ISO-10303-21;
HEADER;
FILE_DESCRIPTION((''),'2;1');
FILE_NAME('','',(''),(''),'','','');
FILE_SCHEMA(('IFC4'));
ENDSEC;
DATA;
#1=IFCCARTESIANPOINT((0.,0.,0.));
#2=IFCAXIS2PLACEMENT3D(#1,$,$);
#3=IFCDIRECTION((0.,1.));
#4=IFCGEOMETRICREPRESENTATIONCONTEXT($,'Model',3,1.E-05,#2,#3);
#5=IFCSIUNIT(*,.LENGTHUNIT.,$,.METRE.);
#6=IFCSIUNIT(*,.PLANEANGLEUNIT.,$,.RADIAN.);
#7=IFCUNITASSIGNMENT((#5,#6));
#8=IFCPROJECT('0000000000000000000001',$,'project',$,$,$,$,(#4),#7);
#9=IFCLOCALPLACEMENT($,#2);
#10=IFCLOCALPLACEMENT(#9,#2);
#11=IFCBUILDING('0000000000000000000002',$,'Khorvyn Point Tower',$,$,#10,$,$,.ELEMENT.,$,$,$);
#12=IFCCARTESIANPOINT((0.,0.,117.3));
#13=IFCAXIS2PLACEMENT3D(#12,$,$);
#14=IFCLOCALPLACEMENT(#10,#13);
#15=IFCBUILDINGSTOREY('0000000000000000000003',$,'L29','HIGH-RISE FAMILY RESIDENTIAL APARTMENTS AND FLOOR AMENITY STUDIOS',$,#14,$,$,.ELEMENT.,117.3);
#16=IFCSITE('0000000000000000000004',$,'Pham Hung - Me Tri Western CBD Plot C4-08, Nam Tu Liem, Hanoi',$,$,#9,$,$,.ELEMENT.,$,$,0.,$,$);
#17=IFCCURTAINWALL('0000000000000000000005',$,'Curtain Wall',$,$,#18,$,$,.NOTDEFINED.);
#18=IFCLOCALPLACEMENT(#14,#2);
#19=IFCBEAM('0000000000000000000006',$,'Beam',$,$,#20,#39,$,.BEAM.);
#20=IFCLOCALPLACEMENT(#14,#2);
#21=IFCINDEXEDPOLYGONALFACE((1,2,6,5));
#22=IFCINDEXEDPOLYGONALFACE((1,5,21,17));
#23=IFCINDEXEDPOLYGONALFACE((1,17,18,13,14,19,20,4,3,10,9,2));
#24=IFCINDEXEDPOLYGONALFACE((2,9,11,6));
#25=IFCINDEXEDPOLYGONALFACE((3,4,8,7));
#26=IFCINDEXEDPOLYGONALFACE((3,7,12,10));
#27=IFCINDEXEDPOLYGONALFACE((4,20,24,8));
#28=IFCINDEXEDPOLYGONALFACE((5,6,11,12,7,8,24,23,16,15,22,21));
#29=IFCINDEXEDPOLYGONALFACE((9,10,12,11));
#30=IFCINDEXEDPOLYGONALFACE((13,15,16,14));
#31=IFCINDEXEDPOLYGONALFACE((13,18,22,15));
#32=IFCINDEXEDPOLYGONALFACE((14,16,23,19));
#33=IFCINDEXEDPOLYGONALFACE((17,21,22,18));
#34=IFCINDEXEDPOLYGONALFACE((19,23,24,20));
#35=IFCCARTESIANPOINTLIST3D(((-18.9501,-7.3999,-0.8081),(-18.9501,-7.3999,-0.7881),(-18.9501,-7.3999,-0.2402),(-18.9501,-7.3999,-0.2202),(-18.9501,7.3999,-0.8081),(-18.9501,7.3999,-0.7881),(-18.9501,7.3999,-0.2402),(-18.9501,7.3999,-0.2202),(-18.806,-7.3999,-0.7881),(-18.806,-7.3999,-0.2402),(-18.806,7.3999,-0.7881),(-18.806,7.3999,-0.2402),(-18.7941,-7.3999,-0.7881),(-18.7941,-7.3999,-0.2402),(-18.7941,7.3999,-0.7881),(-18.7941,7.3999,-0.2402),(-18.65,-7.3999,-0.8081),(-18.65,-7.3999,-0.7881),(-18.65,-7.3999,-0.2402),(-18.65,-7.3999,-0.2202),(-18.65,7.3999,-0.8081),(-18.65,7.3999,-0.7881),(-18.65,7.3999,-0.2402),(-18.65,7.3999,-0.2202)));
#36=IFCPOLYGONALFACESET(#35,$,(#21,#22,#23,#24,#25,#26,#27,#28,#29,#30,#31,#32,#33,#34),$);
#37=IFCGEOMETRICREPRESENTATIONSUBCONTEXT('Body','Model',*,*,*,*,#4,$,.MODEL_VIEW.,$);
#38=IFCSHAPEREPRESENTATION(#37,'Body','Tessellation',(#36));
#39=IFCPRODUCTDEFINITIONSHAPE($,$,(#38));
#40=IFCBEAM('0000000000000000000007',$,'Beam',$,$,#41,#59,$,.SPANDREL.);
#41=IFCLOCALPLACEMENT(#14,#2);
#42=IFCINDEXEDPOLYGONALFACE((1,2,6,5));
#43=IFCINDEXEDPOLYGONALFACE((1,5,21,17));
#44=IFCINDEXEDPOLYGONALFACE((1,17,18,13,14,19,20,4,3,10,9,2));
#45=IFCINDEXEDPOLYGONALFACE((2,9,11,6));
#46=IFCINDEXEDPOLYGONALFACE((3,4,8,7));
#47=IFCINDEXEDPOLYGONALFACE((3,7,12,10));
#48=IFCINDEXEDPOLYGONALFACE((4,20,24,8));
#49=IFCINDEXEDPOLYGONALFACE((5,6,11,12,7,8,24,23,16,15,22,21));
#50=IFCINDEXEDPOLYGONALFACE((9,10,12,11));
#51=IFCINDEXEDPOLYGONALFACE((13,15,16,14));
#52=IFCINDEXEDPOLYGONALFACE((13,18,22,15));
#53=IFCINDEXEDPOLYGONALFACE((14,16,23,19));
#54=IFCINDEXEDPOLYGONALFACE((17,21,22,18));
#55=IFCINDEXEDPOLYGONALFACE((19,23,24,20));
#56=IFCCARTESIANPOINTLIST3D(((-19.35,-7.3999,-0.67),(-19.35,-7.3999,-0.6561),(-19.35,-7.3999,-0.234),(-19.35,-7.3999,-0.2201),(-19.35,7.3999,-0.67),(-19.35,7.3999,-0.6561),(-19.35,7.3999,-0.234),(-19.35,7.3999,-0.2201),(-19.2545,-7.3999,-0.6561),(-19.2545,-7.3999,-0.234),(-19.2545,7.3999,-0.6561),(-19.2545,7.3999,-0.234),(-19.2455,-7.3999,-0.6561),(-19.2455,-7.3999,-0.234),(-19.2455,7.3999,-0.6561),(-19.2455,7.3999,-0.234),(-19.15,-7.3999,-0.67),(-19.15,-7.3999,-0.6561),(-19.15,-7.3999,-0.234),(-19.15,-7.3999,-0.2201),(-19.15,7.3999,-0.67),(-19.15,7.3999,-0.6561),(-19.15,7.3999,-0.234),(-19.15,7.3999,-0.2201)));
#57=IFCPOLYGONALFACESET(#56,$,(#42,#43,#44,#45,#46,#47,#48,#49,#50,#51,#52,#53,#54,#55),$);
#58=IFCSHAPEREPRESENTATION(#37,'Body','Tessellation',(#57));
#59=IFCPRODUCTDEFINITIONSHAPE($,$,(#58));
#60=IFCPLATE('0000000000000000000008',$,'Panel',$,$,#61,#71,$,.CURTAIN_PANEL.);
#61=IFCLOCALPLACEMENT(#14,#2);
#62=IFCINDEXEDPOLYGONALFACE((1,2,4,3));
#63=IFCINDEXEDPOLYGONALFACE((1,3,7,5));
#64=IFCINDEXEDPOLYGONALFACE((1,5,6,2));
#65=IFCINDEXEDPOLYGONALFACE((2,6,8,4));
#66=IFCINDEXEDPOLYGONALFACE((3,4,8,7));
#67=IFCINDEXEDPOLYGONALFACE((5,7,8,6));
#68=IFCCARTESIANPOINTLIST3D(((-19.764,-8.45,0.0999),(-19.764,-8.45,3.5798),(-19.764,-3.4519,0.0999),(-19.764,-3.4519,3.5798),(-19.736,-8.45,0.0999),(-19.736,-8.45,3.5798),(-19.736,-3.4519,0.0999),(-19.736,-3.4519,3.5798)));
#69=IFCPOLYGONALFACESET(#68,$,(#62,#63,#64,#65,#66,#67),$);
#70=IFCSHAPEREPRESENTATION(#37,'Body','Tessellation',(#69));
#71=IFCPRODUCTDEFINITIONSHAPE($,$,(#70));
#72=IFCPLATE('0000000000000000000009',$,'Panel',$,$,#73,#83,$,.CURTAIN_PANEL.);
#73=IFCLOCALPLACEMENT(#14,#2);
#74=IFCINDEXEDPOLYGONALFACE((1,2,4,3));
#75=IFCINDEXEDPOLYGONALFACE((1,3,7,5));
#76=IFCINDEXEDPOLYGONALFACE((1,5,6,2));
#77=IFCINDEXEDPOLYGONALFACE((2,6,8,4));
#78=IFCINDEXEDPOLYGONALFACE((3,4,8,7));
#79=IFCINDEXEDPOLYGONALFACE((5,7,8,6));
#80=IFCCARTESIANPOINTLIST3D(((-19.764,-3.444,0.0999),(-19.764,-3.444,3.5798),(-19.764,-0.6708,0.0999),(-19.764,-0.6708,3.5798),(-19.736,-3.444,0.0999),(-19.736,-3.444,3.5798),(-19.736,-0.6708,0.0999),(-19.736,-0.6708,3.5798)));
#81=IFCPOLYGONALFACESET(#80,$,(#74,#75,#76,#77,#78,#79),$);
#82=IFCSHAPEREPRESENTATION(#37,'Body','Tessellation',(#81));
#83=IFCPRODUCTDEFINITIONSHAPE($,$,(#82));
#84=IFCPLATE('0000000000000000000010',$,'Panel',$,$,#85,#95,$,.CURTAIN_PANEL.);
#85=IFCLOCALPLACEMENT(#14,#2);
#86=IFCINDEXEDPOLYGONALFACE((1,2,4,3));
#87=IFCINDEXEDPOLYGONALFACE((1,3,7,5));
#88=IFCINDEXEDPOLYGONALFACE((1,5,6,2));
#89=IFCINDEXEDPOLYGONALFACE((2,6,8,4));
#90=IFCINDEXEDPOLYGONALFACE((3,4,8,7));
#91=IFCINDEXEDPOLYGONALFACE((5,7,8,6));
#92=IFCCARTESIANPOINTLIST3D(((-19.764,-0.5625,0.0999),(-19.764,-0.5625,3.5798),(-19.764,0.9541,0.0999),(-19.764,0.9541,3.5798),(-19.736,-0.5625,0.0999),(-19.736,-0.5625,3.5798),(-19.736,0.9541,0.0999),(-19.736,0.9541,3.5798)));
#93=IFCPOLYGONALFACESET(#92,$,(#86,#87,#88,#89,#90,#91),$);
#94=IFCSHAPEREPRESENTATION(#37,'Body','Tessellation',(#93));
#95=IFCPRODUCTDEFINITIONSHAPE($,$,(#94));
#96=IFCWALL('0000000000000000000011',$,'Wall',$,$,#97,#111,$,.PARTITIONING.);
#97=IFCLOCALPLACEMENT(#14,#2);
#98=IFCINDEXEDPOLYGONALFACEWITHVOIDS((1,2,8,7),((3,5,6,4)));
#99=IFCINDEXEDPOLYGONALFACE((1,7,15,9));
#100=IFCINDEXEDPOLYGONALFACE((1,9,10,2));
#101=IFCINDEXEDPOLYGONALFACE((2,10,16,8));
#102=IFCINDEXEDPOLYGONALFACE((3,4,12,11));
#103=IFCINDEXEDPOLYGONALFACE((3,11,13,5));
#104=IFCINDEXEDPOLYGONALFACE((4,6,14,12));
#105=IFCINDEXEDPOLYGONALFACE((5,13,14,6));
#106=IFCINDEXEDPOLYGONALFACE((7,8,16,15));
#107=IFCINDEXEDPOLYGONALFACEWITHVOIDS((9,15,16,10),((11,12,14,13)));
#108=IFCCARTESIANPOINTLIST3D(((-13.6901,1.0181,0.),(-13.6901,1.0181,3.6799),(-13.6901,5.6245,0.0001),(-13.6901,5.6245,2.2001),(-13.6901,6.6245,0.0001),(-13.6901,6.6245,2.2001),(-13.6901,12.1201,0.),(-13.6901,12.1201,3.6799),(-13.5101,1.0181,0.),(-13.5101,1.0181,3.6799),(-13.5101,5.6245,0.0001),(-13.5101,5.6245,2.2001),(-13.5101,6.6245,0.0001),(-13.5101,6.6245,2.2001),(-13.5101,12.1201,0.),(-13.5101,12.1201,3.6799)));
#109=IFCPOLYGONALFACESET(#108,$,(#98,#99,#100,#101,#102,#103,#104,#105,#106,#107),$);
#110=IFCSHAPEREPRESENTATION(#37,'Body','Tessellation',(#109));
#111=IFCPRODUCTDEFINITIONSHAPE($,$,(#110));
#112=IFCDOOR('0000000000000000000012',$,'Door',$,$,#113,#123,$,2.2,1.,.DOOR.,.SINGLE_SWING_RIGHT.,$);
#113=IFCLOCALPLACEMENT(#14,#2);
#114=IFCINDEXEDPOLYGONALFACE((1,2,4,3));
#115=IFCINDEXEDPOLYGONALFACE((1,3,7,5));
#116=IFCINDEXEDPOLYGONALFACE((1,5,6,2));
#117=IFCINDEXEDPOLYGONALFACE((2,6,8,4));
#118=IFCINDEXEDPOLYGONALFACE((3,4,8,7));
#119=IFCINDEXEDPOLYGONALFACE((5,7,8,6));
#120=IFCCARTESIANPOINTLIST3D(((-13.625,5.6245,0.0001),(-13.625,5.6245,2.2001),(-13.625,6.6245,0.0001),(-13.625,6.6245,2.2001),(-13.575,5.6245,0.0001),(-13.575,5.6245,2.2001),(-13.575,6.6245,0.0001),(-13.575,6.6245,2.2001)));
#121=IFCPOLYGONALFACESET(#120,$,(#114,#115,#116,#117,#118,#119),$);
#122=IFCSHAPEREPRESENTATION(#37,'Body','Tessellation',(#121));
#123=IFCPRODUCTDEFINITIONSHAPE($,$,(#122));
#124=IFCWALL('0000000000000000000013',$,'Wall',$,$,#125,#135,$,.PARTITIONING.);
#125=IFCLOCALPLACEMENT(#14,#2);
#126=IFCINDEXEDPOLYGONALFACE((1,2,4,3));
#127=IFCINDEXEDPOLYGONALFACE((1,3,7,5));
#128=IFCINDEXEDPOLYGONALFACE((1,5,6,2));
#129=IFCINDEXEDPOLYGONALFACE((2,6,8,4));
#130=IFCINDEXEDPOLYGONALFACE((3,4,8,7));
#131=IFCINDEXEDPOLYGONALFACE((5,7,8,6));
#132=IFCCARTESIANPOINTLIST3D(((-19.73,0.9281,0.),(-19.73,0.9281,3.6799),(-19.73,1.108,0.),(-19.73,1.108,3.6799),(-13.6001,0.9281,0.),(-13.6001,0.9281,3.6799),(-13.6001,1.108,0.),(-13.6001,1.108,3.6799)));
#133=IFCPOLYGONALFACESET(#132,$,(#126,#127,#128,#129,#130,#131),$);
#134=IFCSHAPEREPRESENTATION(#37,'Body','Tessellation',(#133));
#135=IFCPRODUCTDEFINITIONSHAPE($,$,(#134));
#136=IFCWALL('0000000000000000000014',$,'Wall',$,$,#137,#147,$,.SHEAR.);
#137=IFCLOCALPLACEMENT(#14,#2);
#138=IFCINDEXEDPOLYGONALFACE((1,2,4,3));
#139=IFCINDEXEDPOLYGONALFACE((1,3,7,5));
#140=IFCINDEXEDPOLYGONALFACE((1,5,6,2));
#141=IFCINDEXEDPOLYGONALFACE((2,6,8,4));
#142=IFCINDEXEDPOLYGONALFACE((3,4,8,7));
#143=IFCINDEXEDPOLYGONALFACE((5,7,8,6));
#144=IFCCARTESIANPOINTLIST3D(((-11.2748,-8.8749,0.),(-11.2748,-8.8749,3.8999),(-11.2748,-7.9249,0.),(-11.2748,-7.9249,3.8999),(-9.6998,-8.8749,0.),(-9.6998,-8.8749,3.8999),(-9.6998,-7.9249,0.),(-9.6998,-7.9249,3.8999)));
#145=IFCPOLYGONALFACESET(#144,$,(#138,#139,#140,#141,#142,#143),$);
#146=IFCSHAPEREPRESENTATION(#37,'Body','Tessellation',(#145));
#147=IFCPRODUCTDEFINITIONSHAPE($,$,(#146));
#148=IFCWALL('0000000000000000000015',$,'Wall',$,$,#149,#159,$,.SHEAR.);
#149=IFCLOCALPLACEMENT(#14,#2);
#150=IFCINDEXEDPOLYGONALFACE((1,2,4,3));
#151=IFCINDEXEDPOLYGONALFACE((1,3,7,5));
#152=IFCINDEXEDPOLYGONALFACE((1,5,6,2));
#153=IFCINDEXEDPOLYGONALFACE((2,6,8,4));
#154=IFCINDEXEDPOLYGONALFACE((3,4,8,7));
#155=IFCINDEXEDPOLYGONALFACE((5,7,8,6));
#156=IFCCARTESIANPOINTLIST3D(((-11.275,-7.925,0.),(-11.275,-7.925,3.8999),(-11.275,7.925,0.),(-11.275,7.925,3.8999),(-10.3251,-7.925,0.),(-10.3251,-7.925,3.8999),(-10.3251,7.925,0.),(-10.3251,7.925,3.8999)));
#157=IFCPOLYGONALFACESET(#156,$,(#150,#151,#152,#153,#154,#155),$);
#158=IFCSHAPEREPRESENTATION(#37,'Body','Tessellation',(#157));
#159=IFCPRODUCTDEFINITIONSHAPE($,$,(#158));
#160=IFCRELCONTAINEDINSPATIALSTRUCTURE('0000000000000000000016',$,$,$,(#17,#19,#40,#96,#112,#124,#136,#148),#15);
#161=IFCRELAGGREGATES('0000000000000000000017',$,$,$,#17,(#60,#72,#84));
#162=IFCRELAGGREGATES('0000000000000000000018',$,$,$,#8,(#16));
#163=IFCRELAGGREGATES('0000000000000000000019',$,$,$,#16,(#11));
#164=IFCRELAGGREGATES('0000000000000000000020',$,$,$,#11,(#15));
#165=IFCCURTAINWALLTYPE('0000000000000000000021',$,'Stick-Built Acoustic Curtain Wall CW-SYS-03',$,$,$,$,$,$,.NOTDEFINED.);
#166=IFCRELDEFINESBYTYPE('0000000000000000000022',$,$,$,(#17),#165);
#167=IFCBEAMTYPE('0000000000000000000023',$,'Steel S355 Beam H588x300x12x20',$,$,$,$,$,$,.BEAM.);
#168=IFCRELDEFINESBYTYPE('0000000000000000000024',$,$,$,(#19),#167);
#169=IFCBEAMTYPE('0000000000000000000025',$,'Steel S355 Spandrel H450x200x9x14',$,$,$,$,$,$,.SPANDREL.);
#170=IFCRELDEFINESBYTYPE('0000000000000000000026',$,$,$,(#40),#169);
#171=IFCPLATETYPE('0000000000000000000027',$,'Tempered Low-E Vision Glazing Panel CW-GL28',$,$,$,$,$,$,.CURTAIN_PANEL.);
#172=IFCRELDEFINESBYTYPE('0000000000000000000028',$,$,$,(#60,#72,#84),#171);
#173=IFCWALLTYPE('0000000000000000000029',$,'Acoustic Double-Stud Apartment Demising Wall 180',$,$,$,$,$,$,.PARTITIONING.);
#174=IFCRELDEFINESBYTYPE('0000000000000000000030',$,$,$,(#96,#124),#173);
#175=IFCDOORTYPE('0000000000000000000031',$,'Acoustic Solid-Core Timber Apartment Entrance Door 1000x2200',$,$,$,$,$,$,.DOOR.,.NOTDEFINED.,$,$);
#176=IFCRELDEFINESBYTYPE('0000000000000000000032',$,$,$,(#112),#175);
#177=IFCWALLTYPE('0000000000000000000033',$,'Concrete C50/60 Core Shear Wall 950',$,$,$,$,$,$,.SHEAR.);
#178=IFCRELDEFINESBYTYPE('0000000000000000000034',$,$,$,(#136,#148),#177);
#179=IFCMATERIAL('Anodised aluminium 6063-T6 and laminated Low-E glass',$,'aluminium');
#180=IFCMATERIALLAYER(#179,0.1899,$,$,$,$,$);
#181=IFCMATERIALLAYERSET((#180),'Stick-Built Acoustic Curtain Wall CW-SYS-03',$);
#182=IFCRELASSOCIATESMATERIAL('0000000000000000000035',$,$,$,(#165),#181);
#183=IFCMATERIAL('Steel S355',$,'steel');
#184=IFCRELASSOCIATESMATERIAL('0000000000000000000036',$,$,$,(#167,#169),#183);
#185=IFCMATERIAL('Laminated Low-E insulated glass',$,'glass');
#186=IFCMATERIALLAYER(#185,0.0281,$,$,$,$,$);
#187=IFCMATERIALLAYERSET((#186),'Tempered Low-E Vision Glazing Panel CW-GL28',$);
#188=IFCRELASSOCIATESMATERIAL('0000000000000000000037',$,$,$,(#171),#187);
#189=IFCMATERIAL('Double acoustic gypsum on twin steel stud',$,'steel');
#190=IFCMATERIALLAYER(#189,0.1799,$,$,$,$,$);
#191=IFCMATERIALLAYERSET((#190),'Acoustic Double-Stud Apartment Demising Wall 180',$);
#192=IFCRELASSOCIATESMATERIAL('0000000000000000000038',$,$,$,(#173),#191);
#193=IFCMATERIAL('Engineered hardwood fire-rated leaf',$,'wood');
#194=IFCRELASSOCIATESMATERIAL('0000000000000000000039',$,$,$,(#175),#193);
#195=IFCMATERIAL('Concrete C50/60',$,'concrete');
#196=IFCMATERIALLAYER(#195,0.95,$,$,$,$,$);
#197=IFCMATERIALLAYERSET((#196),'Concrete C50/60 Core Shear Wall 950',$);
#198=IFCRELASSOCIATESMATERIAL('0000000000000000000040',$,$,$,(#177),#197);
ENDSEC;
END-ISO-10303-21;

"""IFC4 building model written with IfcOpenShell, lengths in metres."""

from ifc_helpers import new_model, si_unit, direction, frame, frame_2d, origin, origin_2d, place, context, subcontext, project, spatial, rectangle, i_section, extrude, material, layer, layer_set, material_profile, profile_set, type_object, element, fill, aggregate, save


model = new_model("IFC4")

# Units and contexts
model_context = context("Model", 3, precision=1e-05, world=origin(), true_north=direction((0.0, 1.0)))
body_context = subcontext(model_context, "Body", "Model", "MODEL_VIEW")
ifc_project = project(units=[si_unit("LENGTHUNIT", "METRE"), si_unit("PLANEANGLEUNIT", "RADIAN")], contexts=[model_context])

# Site, building, storey
site_placement = place(None, origin())
site = spatial("IfcSite", under=ifc_project, at=site_placement, Name="Pham Hung - Me Tri Western CBD Plot C4-08, Nam Tu Liem, Hanoi", CompositionType="ELEMENT", RefElevation=0.0)
building_placement = place(site_placement, origin())
building = spatial("IfcBuilding", under=site, at=building_placement, Name="Khorvyn Point Tower", CompositionType="ELEMENT")
storey_placement = place(building_placement, frame((0.0, 0.0, 117.3)))
storey = spatial("IfcBuildingStorey", under=building, at=storey_placement, Name="L29", Description="HIGH-RISE FAMILY RESIDENTIAL APARTMENTS AND FLOOR AMENITY STUDIOS", CompositionType="ELEMENT", Elevation=117.3)

# Shared definitions
ifc_material_1 = material(Name="Concrete C50/60", Category="concrete")

# Curtain wall
ifc_material_2 = material(Name="Anodised aluminium 6063-T6 and laminated Low-E glass", Category="aluminium")
ifc_layer_1 = layer(ifc_material_2, 0.1899)
ifc_layer_set_1 = layer_set([ifc_layer_1], Name="Stick-Built Acoustic Curtain Wall CW-SYS-03")
curtain_wall_type = type_object("IfcCurtainWallType", Name="Stick-Built Acoustic Curtain Wall CW-SYS-03", PredefinedType="NOTDEFINED", material=ifc_layer_set_1)
curtain_wall_placement = place(storey_placement, origin())
curtain_wall = element("IfcCurtainWall", 1, at=curtain_wall_placement, inside=storey, type_object=curtain_wall_type, Name="Curtain Wall", PredefinedType="NOTDEFINED")

# Beams
ifc_material_3 = material(Name="Steel S355", Category="steel")
ifc_material_profile_1 = material_profile(ifc_material_3, i_section(OverallWidth=0.3, OverallDepth=0.5879, WebThickness=0.012, FlangeThickness=0.02, at=origin_2d()))
ifc_profile_set_1 = profile_set([ifc_material_profile_1], Name="Steel S355 H588x300x12x20")
beam_type_1 = type_object("IfcBeamType", Name="Steel S355 Beam H588x300x12x20", PredefinedType="BEAM", material=ifc_profile_set_1)
for number, where, z_axis, x_axis, name in (
    (2, (-18.8, -7.3999, -0.5142), (0.0, 1.0, 0.0), (-1.0, 0.0, 0.0), "Beam"),
):
    element("IfcBeam", number, at=place(storey_placement, frame(where, z_axis=z_axis, x_axis=x_axis)), inside=storey, type_object=beam_type_1, Name=name, PredefinedType="BEAM", context=body_context, shape_type="SweptSolid", body=[
        extrude(i_section(OverallWidth=0.3, OverallDepth=0.5879, WebThickness=0.012, FlangeThickness=0.02, at=origin_2d()), origin(), (0.0, 0.0, 1.0), 14.7998),
    ])
ifc_material_profile_2 = material_profile(ifc_material_3, i_section(OverallWidth=0.2, OverallDepth=0.45, WebThickness=0.009, FlangeThickness=0.0139, at=origin_2d()))
ifc_profile_set_2 = profile_set([ifc_material_profile_2], Name="Steel S355 H450x200x9x14")
beam_type_2 = type_object("IfcBeamType", Name="Steel S355 Spandrel H450x200x9x14", PredefinedType="SPANDREL", material=ifc_profile_set_2)
beam_1_placement = place(storey_placement, frame((-19.25, -7.3999, -0.4451), z_axis=(0.0, 1.0, 0.0), x_axis=(-1.0, 0.0, 0.0)))
element("IfcBeam", 3, at=beam_1_placement, inside=storey, type_object=beam_type_2, Name="Beam", PredefinedType="SPANDREL", context=body_context, shape_type="SweptSolid", body=[
    extrude(i_section(OverallWidth=0.2, OverallDepth=0.45, WebThickness=0.009, FlangeThickness=0.0139, at=origin_2d()), origin(), (0.0, 0.0, 1.0), 14.7998),
])

# Plates
ifc_material_4 = material(Name="Laminated Low-E insulated glass", Category="glass")
ifc_layer_2 = layer(ifc_material_4, 0.0281)
ifc_layer_set_2 = layer_set([ifc_layer_2], Name="Tempered Low-E Vision Glazing Panel CW-GL28")
plate_type = type_object("IfcPlateType", Name="Tempered Low-E Vision Glazing Panel CW-GL28", PredefinedType="CURTAIN_PANEL", material=ifc_layer_set_2)
plate_1_placement = place(storey_placement, frame((-19.75, -5.9509, 0.0999), z_axis=(0.0, 0.0, 1.0), x_axis=(0.0, 1.0, 0.0)))
plate_1 = element("IfcPlate", 4, at=plate_1_placement, type_object=plate_type, Name="Panel", PredefinedType="CURTAIN_PANEL", context=body_context, shape_type="SweptSolid", body=[
    extrude(rectangle(XDim=4.998, YDim=0.0281, at=origin_2d()), origin(), (0.0, 0.0, 1.0), 3.48),
])
plate_2_placement = place(storey_placement, frame((-19.75, -2.0574, 0.0999), z_axis=(0.0, 0.0, 1.0), x_axis=(0.0, 1.0, 0.0)))
plate_2 = element("IfcPlate", 5, at=plate_2_placement, type_object=plate_type, Name="Panel", PredefinedType="CURTAIN_PANEL", context=body_context, shape_type="SweptSolid", body=[
    extrude(rectangle(XDim=2.7732, YDim=0.0281, at=origin_2d()), origin(), (0.0, 0.0, 1.0), 3.48),
])
plate_3_placement = place(storey_placement, frame((-19.75, 0.1958, 0.0999), z_axis=(0.0, 0.0, 1.0), x_axis=(0.0, 1.0, 0.0)))
plate_3 = element("IfcPlate", 6, at=plate_3_placement, type_object=plate_type, Name="Panel", PredefinedType="CURTAIN_PANEL", context=body_context, shape_type="SweptSolid", body=[
    extrude(rectangle(XDim=1.5166, YDim=0.0281, at=origin_2d()), origin(), (0.0, 0.0, 1.0), 3.48),
])
aggregate(curtain_wall, [plate_1, plate_2, plate_3])

# Wall, opening, door
ifc_material_5 = material(Name="Double acoustic gypsum on twin steel stud", Category="steel")
ifc_layer_3 = layer(ifc_material_5, 0.1799)
ifc_layer_set_3 = layer_set([ifc_layer_3], Name="Acoustic Double-Stud Apartment Demising Wall 180")
wall_type_1 = type_object("IfcWallType", Name="Acoustic Double-Stud Apartment Demising Wall 180", PredefinedType="PARTITIONING", material=ifc_layer_set_3)
wall_1_placement = place(storey_placement, frame((-13.6001, 1.0181, 0.0), z_axis=(0.0, 0.0, 1.0), x_axis=(0.0, 1.0, 0.0)))
wall_1 = element("IfcWall", 7, at=wall_1_placement, inside=storey, type_object=wall_type_1, Name="Wall", PredefinedType="PARTITIONING", context=body_context, shape_type="SweptSolid", body=[
    extrude(rectangle(XDim=11.1021, YDim=0.1799, at=frame_2d((5.551, 0.0))), origin(), (0.0, 0.0, 1.0), 3.6799),
])
opening_1_placement = place(wall_1_placement, frame((4.6064, 0.0, 0.0)))
opening_1 = element("IfcOpeningElement", 8, at=opening_1_placement, cuts=wall_1, PredefinedType="OPENING", context=body_context, shape_type="SweptSolid", body=[
    extrude(rectangle(XDim=1.0, YDim=2.2, at=frame_2d((0.5, 1.1001))), frame((0.0, 0.0999, 0.0), z_axis=(0.0, -1.0, 0.0), x_axis=(1.0, 0.0, 0.0)), (0.0, 0.0, 1.0), 0.2),
])
ifc_material_6 = material(Name="Engineered hardwood fire-rated leaf", Category="wood")
door_type_1 = type_object("IfcDoorType", Name="Acoustic Solid-Core Timber Apartment Entrance Door 1000x2200", OperationType="NOTDEFINED", PredefinedType="DOOR", material=ifc_material_6)
door_1_placement = place(opening_1_placement, origin())
door_1 = element("IfcDoor", 9, at=door_1_placement, inside=storey, type_object=door_type_1, Name="Door", OperationType="SINGLE_SWING_RIGHT", OverallHeight=2.2, OverallWidth=1.0, PredefinedType="DOOR", context=body_context, shape_type="SweptSolid", body=[
    extrude(rectangle(XDim=1.0, YDim=2.2, at=frame_2d((0.5, 1.1001))), frame((0.0, 0.0249, 0.0), z_axis=(0.0, -1.0, 0.0), x_axis=(1.0, 0.0, 0.0)), (0.0, 0.0, 1.0), 0.05),
])
fill(opening_1, door_1)

# Walls
wall_2_placement = place(storey_placement, frame((-19.73, 1.0181, 0.0), z_axis=(0.0, 0.0, 1.0), x_axis=(1.0, 0.0, 0.0)))
element("IfcWall", 10, at=wall_2_placement, inside=storey, type_object=wall_type_1, Name="Wall", PredefinedType="PARTITIONING", context=body_context, shape_type="SweptSolid", body=[
    extrude(rectangle(XDim=6.1299, YDim=0.1799, at=frame_2d((3.0649, 0.0))), origin(), (0.0, 0.0, 1.0), 3.6799),
])
ifc_layer_4 = layer(ifc_material_1, 0.95)
ifc_layer_set_4 = layer_set([ifc_layer_4], Name="Concrete C50/60 Core Shear Wall 950")
wall_type_2 = type_object("IfcWallType", Name="Concrete C50/60 Core Shear Wall 950", PredefinedType="SHEAR", material=ifc_layer_set_4)
wall_3_placement = place(storey_placement, frame((-11.2749, -8.3999, 0.0), z_axis=(0.0, 0.0, 1.0), x_axis=(1.0, 0.0, 0.0)))
element("IfcWall", 11, at=wall_3_placement, inside=storey, type_object=wall_type_2, Name="Wall", PredefinedType="SHEAR", context=body_context, shape_type="SweptSolid", body=[
    extrude(rectangle(XDim=1.575, YDim=0.95, at=frame_2d((0.7876, 0.0))), origin(), (0.0, 0.0, 1.0), 3.8999),
])
wall_4_placement = place(storey_placement, frame((-10.8, -7.925, 0.0), z_axis=(0.0, 0.0, 1.0), x_axis=(0.0, 1.0, 0.0)))
element("IfcWall", 12, at=wall_4_placement, inside=storey, type_object=wall_type_2, Name="Wall", PredefinedType="SHEAR", context=body_context, shape_type="SweptSolid", body=[
    extrude(rectangle(XDim=15.8501, YDim=0.95, at=frame_2d((7.925, 0.0))), origin(), (0.0, 0.0, 1.0), 3.8999),
])

save(model, "model.ifc")
